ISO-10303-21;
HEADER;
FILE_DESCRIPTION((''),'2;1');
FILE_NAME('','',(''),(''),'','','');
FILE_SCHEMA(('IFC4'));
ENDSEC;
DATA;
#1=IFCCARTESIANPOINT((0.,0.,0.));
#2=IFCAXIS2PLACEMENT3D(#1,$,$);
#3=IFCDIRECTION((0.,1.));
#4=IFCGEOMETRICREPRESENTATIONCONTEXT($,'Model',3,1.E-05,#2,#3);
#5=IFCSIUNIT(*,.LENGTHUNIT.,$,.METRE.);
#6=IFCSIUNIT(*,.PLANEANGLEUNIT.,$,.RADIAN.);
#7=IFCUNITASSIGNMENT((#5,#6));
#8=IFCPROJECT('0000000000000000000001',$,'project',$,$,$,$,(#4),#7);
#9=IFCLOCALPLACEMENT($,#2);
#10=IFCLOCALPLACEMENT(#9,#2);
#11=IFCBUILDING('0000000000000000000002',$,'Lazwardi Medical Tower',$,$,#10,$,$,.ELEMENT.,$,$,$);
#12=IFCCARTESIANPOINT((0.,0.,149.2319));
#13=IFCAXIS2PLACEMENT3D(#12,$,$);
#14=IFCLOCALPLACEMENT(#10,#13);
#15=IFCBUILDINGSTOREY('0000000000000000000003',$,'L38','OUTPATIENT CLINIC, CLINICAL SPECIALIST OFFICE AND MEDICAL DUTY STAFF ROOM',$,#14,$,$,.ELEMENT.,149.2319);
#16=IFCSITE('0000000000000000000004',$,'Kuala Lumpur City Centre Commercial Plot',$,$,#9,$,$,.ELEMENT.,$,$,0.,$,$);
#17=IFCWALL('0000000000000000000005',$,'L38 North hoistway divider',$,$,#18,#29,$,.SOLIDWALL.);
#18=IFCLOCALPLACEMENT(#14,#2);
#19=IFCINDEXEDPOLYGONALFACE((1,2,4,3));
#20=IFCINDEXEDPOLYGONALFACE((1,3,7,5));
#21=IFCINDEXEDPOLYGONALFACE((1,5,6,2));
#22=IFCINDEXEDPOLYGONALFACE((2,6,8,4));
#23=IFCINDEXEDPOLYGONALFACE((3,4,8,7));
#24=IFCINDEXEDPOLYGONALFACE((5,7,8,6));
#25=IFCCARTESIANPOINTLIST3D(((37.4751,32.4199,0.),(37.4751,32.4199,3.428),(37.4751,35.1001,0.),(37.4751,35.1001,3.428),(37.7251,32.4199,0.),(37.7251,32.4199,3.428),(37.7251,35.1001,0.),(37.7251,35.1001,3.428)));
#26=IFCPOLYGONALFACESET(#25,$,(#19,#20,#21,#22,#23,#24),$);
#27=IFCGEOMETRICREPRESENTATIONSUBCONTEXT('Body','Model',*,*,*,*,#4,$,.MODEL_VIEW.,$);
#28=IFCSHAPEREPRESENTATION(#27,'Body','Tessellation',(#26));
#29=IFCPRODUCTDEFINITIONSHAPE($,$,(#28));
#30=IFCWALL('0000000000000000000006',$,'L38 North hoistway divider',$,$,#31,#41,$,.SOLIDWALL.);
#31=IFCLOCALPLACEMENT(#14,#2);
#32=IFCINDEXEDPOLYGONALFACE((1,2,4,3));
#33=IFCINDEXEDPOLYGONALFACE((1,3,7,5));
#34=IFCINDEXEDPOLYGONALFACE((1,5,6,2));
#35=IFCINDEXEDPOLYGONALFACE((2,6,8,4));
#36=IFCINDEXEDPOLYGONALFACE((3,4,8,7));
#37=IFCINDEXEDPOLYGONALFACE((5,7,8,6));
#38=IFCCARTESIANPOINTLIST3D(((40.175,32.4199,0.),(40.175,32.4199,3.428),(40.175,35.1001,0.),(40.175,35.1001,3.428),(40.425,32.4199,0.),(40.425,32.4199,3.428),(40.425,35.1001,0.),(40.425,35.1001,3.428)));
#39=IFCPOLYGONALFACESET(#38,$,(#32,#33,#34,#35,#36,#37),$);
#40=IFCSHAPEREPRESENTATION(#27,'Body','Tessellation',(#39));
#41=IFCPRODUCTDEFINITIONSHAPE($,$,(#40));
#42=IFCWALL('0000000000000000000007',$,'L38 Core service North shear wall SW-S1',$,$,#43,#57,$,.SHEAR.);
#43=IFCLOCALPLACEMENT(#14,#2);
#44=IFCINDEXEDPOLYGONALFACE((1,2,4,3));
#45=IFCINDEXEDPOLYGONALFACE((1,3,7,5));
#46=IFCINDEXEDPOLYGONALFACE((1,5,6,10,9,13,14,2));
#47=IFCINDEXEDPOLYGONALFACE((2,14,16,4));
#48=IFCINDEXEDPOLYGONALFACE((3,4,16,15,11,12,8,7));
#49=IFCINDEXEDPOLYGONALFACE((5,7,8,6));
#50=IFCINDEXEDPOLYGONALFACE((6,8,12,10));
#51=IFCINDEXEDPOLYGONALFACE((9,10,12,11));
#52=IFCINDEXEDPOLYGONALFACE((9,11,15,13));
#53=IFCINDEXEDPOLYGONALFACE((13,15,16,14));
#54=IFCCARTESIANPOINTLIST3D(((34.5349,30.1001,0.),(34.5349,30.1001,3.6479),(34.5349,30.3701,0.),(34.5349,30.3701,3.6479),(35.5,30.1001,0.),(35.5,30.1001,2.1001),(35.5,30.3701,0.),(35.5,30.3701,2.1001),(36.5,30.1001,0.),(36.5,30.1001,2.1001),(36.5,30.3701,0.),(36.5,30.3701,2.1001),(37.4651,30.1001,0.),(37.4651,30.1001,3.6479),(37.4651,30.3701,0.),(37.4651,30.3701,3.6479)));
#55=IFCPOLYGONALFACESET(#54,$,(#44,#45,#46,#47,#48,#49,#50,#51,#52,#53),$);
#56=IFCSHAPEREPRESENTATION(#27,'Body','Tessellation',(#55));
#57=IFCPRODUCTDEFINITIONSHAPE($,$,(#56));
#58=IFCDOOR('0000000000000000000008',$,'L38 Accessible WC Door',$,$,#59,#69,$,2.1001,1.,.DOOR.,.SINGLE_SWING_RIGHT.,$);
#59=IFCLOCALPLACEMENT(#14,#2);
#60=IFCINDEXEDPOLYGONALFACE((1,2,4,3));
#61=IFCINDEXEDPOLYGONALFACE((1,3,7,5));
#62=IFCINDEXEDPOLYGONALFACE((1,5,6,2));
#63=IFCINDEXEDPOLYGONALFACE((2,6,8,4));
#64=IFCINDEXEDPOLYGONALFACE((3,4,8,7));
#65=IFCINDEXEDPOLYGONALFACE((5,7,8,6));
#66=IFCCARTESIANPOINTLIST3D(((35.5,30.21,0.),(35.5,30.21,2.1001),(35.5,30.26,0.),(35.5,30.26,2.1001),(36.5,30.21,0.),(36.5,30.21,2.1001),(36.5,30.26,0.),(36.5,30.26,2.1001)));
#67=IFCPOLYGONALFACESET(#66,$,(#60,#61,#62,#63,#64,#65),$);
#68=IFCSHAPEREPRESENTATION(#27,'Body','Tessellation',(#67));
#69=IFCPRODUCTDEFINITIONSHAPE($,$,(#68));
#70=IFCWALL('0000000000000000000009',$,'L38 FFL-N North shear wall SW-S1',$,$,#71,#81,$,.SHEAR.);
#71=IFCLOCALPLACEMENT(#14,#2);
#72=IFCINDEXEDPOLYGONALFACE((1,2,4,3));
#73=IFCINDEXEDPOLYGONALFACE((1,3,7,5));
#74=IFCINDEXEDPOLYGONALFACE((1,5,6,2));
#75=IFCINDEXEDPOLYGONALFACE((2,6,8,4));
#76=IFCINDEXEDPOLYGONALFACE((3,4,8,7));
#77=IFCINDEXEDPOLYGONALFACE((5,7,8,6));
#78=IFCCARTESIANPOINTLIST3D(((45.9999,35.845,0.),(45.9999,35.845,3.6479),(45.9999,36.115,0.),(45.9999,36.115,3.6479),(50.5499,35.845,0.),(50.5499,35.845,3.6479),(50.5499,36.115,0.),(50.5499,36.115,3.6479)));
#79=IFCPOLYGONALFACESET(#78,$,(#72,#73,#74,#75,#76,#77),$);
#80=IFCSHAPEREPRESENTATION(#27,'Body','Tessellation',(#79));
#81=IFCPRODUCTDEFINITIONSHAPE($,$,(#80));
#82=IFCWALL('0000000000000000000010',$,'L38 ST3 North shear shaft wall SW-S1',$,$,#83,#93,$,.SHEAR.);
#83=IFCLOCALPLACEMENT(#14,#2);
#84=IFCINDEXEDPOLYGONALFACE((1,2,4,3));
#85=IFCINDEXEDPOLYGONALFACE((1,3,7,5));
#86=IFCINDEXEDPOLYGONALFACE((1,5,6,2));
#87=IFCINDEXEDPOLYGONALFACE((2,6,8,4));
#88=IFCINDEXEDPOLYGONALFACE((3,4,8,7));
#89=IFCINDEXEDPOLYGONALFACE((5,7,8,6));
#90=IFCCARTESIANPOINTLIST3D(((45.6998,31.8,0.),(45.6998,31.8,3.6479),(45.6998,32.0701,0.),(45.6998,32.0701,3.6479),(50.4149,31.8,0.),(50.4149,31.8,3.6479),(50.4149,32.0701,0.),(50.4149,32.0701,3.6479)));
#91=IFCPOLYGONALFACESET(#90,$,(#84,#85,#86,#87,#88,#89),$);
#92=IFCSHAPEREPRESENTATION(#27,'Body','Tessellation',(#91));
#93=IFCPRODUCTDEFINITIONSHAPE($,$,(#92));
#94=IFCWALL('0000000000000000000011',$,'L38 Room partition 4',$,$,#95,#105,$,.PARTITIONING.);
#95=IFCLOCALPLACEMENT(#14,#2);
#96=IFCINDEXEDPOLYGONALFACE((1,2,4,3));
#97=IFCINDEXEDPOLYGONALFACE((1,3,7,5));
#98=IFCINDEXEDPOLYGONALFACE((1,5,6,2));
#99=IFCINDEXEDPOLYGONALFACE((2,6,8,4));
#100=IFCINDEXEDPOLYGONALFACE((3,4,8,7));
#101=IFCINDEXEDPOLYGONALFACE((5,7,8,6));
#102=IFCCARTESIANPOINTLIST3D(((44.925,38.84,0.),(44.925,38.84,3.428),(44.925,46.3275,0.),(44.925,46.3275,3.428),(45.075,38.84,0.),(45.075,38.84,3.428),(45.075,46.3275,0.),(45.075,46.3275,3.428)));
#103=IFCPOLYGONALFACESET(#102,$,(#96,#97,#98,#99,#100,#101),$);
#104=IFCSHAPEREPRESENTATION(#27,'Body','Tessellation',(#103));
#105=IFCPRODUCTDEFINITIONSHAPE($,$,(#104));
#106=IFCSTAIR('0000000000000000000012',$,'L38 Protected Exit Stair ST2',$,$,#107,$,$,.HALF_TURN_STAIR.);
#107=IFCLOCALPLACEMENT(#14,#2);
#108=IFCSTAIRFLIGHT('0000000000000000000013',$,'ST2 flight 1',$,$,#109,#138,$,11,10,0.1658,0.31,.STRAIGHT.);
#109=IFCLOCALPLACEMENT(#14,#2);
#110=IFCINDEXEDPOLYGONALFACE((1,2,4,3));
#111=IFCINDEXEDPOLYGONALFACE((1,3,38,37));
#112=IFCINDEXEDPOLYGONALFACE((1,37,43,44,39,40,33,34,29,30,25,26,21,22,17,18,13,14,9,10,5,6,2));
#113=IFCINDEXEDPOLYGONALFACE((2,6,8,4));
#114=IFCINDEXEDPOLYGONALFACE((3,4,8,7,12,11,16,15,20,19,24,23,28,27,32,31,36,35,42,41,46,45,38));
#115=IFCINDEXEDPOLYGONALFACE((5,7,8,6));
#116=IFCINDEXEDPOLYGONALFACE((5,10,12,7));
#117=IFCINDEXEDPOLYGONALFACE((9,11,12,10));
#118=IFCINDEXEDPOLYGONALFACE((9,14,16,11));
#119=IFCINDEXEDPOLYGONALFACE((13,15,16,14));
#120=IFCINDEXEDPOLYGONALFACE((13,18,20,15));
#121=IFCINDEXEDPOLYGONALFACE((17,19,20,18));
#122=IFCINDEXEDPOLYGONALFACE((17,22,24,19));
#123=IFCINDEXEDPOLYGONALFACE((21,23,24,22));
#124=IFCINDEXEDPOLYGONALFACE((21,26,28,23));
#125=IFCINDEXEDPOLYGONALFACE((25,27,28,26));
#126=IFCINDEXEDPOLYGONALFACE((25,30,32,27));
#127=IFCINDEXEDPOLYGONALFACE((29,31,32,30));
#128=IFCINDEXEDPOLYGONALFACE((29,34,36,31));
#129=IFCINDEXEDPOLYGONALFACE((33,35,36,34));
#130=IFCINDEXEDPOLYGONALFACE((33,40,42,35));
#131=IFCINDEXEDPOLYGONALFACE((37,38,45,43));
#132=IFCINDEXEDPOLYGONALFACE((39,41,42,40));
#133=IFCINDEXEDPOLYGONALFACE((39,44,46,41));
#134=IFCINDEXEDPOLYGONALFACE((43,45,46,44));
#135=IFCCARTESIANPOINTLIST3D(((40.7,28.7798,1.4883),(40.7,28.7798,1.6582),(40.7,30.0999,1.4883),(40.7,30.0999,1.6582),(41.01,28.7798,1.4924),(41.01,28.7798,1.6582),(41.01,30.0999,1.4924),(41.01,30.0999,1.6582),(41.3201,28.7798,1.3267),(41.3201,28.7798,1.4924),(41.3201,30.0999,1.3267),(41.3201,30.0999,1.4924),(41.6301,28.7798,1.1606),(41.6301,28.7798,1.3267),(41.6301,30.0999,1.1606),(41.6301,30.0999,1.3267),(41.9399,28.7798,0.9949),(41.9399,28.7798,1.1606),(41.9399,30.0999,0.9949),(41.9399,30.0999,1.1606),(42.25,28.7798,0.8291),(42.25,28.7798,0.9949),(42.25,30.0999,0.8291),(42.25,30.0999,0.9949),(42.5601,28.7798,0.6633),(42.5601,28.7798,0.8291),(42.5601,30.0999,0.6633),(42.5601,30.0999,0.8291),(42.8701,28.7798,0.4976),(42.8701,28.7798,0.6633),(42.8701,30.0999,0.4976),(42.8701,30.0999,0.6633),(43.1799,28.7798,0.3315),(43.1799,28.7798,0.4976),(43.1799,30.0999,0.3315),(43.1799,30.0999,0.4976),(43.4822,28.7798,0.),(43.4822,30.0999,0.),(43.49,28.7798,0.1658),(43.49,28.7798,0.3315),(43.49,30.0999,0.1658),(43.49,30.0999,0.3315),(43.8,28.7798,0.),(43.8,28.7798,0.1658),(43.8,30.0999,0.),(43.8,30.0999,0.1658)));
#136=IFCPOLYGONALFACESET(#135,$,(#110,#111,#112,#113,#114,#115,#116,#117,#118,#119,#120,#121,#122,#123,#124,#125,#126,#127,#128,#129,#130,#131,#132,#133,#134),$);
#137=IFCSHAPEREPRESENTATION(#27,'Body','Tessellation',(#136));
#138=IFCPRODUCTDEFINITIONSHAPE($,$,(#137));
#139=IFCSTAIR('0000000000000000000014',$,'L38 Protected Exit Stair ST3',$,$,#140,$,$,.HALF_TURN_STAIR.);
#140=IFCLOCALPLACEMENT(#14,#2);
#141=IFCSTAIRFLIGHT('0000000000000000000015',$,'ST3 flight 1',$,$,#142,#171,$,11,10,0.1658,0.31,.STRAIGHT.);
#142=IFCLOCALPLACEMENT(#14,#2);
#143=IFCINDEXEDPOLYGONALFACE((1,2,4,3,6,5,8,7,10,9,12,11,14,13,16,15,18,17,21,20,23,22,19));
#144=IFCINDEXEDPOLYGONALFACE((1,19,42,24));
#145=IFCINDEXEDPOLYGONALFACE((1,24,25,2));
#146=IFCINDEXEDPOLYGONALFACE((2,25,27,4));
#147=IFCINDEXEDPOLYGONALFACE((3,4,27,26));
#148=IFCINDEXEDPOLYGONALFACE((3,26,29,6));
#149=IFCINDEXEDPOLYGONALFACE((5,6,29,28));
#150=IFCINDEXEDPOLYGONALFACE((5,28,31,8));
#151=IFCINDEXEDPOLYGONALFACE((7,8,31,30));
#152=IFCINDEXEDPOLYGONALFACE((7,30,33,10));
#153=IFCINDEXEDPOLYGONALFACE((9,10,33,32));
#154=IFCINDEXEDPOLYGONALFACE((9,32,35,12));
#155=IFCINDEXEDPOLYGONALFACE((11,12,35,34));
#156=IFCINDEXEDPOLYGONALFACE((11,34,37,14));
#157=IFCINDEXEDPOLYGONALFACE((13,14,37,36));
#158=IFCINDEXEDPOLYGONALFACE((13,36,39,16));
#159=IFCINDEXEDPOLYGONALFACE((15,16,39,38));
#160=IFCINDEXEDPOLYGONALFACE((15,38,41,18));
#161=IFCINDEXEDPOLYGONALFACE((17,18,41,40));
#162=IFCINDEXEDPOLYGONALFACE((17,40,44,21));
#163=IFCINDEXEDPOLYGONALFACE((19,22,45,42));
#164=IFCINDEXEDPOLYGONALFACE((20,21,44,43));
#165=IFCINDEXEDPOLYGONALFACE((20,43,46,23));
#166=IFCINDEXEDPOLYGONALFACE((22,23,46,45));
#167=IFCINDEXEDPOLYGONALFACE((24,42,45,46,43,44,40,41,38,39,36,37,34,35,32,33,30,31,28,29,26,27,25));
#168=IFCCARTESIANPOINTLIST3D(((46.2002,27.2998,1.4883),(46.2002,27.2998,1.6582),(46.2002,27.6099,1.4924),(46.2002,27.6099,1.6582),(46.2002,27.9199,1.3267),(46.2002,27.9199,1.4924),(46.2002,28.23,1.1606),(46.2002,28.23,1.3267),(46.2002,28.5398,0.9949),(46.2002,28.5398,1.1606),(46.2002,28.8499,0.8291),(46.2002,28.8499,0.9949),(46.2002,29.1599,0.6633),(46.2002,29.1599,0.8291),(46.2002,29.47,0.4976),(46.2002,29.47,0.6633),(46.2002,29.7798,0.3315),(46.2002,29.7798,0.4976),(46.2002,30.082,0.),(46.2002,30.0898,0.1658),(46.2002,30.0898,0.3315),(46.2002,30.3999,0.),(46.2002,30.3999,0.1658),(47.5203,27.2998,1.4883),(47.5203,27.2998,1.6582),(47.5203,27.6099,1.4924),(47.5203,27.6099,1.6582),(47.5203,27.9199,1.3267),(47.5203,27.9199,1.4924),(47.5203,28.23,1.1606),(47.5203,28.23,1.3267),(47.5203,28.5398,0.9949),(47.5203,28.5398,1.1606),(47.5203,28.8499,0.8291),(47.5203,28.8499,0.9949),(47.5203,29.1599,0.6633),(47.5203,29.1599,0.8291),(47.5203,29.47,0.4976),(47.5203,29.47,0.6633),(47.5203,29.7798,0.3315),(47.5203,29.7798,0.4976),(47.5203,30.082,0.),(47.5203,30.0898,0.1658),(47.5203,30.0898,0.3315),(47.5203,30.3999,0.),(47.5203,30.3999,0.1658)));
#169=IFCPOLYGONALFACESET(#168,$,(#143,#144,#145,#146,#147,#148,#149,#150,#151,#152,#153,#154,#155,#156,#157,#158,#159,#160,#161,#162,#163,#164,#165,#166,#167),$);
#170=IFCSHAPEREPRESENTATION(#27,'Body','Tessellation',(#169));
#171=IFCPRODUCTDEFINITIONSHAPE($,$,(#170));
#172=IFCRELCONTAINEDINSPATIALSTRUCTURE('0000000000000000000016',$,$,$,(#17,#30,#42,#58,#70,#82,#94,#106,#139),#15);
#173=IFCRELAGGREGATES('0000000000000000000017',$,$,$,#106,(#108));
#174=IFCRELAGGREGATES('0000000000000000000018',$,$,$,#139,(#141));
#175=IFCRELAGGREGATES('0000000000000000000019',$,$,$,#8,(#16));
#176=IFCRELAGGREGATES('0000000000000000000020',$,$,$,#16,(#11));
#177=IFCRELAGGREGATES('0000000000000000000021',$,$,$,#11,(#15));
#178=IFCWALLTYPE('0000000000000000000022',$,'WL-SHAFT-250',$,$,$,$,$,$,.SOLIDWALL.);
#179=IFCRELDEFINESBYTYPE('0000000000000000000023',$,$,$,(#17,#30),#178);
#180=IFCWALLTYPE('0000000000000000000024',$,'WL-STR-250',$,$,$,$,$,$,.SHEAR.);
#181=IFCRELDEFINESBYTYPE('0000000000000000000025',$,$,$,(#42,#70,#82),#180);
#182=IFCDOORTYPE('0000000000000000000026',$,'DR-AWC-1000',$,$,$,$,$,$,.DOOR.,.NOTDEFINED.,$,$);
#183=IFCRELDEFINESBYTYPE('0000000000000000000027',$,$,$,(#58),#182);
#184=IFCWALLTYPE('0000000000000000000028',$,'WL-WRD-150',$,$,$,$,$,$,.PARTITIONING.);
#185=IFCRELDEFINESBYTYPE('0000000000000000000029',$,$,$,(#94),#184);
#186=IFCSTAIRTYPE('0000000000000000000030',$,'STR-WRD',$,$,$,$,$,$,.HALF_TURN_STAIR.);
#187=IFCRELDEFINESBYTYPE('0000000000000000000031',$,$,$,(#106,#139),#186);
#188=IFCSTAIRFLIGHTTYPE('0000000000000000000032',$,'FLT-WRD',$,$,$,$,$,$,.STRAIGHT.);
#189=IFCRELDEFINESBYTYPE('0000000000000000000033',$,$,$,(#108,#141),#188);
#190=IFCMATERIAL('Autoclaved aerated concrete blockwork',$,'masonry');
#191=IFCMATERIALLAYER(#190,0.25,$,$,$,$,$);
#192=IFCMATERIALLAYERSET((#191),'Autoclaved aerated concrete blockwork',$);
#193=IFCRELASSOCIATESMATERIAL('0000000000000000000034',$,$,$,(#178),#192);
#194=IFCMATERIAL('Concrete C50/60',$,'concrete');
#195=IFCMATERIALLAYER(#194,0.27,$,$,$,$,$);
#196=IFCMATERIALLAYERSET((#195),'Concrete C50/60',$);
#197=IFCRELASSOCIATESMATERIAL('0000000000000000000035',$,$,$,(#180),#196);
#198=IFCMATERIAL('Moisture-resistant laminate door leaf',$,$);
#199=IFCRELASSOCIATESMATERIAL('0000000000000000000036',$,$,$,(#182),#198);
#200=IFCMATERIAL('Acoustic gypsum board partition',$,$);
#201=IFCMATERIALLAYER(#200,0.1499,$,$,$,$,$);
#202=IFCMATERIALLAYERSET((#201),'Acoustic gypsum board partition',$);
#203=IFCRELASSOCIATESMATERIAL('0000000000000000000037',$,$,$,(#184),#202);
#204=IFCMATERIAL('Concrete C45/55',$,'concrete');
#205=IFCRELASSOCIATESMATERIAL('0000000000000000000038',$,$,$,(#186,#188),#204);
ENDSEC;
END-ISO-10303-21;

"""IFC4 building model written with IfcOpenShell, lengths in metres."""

from ifc_helpers import new_model, si_unit, direction, frame, frame_2d, origin, place, context, subcontext, project, spatial, polyline, rectangle, outline, extrude, material, layer, layer_set, type_object, element, fill, aggregate, save


model = new_model("IFC4")

# Units and contexts
model_context = context("Model", 3, precision=1e-05, world=origin(), true_north=direction((0.0, 1.0)))
body_context = subcontext(model_context, "Body", "Model", "MODEL_VIEW")
ifc_project = project(units=[si_unit("LENGTHUNIT", "METRE"), si_unit("PLANEANGLEUNIT", "RADIAN")], contexts=[model_context])

# Site, building, storey
site_placement = place(None, origin())
site = spatial("IfcSite", under=ifc_project, at=site_placement, Name="Kuala Lumpur City Centre Commercial Plot", CompositionType="ELEMENT", RefElevation=0.0)
building_placement = place(site_placement, origin())
building = spatial("IfcBuilding", under=site, at=building_placement, Name="Lazwardi Medical Tower", CompositionType="ELEMENT")
storey_placement = place(building_placement, frame((0.0, 0.0, 149.2319)))
storey = spatial("IfcBuildingStorey", under=building, at=storey_placement, Name="L38", Description="OUTPATIENT CLINIC, CLINICAL SPECIALIST OFFICE AND MEDICAL DUTY STAFF ROOM", CompositionType="ELEMENT", Elevation=149.2319)

# Walls
ifc_material_1 = material(Name="Autoclaved aerated concrete blockwork", Category="masonry")
ifc_layer_1 = layer(ifc_material_1, 0.25)
ifc_layer_set_1 = layer_set([ifc_layer_1], Name="Autoclaved aerated concrete blockwork")
wall_type_1 = type_object("IfcWallType", Name="WL-SHAFT-250", PredefinedType="SOLIDWALL", material=ifc_layer_set_1)
for number, where, z_axis, x_axis, name in (
    (1, (37.6001, 32.4199, 0.0), (0.0, 0.0, 1.0), (0.0, 1.0, 0.0), "L38 North hoistway divider"),
    (2, (40.3, 32.4199, 0.0), (0.0, 0.0, 1.0), (0.0, 1.0, 0.0), "L38 North hoistway divider"),
):
    element("IfcWall", number, at=place(storey_placement, frame(where, z_axis=z_axis, x_axis=x_axis)), inside=storey, type_object=wall_type_1, Name=name, PredefinedType="SOLIDWALL", context=body_context, shape_type="SweptSolid", body=[
        extrude(rectangle(XDim=2.6802, YDim=0.25, at=frame_2d((1.3401, 0.0))), origin(), (0.0, 0.0, 1.0), 3.428),
    ])

# Wall, opening, door
ifc_material_2 = material(Name="Concrete C50/60", Category="concrete")
ifc_layer_2 = layer(ifc_material_2, 0.27)
ifc_layer_set_2 = layer_set([ifc_layer_2], Name="Concrete C50/60")
wall_type_2 = type_object("IfcWallType", Name="WL-STR-250", PredefinedType="SHEAR", material=ifc_layer_set_2)
wall_1_placement = place(storey_placement, frame((34.5349, 30.2351, 0.0), z_axis=(0.0, 0.0, 1.0), x_axis=(1.0, 0.0, 0.0)))
wall_1 = element("IfcWall", 3, at=wall_1_placement, inside=storey, type_object=wall_type_2, Name="L38 Core service North shear wall SW-S1", PredefinedType="SHEAR", context=body_context, shape_type="SweptSolid", body=[
    extrude(rectangle(XDim=2.9302, YDim=0.27, at=frame_2d((1.4651, 0.0))), origin(), (0.0, 0.0, 1.0), 3.6479),
])
opening_1_placement = place(wall_1_placement, frame((0.9651, 0.0, 0.0)))
opening_1 = element("IfcOpeningElement", 4, at=opening_1_placement, cuts=wall_1, PredefinedType="OPENING", context=body_context, shape_type="SweptSolid", body=[
    extrude(rectangle(XDim=1.0, YDim=2.1001, at=frame_2d((0.5, 1.05))), frame((0.0, 0.145, 0.0), z_axis=(0.0, -1.0, 0.0), x_axis=(1.0, 0.0, 0.0)), (0.0, 0.0, 1.0), 0.29),
])
ifc_material_3 = material(Name="Moisture-resistant laminate door leaf")
door_type_1 = type_object("IfcDoorType", Name="DR-AWC-1000", OperationType="NOTDEFINED", PredefinedType="DOOR", material=ifc_material_3)
door_1_placement = place(opening_1_placement, origin())
door_1 = element("IfcDoor", 5, at=door_1_placement, inside=storey, type_object=door_type_1, Name="L38 Accessible WC Door", OperationType="SINGLE_SWING_RIGHT", OverallHeight=2.1001, OverallWidth=1.0, PredefinedType="DOOR", context=body_context, shape_type="SweptSolid", body=[
    extrude(rectangle(XDim=1.0, YDim=2.1001, at=frame_2d((0.5, 1.05))), frame((0.0, 0.0249, 0.0), z_axis=(0.0, -1.0, 0.0), x_axis=(1.0, 0.0, 0.0)), (0.0, 0.0, 1.0), 0.05),
])
fill(opening_1, door_1)

# Walls
wall_2_placement = place(storey_placement, frame((46.0, 35.98, 0.0), z_axis=(0.0, 0.0, 1.0), x_axis=(1.0, 0.0, 0.0)))
element("IfcWall", 6, at=wall_2_placement, inside=storey, type_object=wall_type_2, Name="L38 FFL-N North shear wall SW-S1", PredefinedType="SHEAR", context=body_context, shape_type="SweptSolid", body=[
    extrude(rectangle(XDim=4.55, YDim=0.27, at=frame_2d((2.2749, 0.0))), origin(), (0.0, 0.0, 1.0), 3.6479),
])
wall_3_placement = place(storey_placement, frame((45.7, 31.9351, 0.0), z_axis=(0.0, 0.0, 1.0), x_axis=(1.0, 0.0, 0.0)))
element("IfcWall", 7, at=wall_3_placement, inside=storey, type_object=wall_type_2, Name="L38 ST3 North shear shaft wall SW-S1", PredefinedType="SHEAR", context=body_context, shape_type="SweptSolid", body=[
    extrude(rectangle(XDim=4.7151, YDim=0.27, at=frame_2d((2.3574, 0.0))), origin(), (0.0, 0.0, 1.0), 3.6479),
])
ifc_material_4 = material(Name="Acoustic gypsum board partition")
ifc_layer_3 = layer(ifc_material_4, 0.1499)
ifc_layer_set_3 = layer_set([ifc_layer_3], Name="Acoustic gypsum board partition")
wall_type_3 = type_object("IfcWallType", Name="WL-WRD-150", PredefinedType="PARTITIONING", material=ifc_layer_set_3)
wall_4_placement = place(storey_placement, frame((45.0, 38.8401, 0.0), z_axis=(0.0, 0.0, 1.0), x_axis=(0.0, 1.0, 0.0)))
element("IfcWall", 8, at=wall_4_placement, inside=storey, type_object=wall_type_3, Name="L38 Room partition 4", PredefinedType="PARTITIONING", context=body_context, shape_type="SweptSolid", body=[
    extrude(rectangle(XDim=7.4875, YDim=0.1499, at=frame_2d((3.7437, 0.0))), origin(), (0.0, 0.0, 1.0), 3.428),
])

# Stairs, stair flights
ifc_material_5 = material(Name="Concrete C45/55", Category="concrete")
stair_type = type_object("IfcStairType", Name="STR-WRD", PredefinedType="HALF_TURN_STAIR", material=ifc_material_5)
stair_1_placement = place(storey_placement, origin())
stair_1 = element("IfcStair", 9, at=stair_1_placement, inside=storey, type_object=stair_type, Name="L38 Protected Exit Stair ST2", PredefinedType="HALF_TURN_STAIR")
stair_flight_type = type_object("IfcStairFlightType", Name="FLT-WRD", PredefinedType="STRAIGHT", material=ifc_material_5)
stair_flight_1_placement = place(storey_placement, frame((43.8, 29.4399, 0.0), z_axis=(0.0, 0.0, 1.0), x_axis=(-1.0, 0.0, 0.0)))
stair_flight_1 = element("IfcStairFlight", 10, at=stair_flight_1_placement, type_object=stair_flight_type, Name="ST2 flight 1", NumberOfRisers=11, NumberOfTreads=10, PredefinedType="STRAIGHT", RiserHeight=0.1658, TreadLength=0.31, context=body_context, shape_type="SweptSolid", body=[
    extrude(outline(polyline([(0.0, 0.0), (0.0, 0.1658), (0.3101, 0.1658), (0.3101, 0.3315), (0.6201, 0.3315), (0.6201, 0.4976), (0.9299, 0.4976), (0.9299, 0.6633), (1.24, 0.6633), (1.24, 0.8291), (1.55, 0.8291), (1.55, 0.9949), (1.8601, 0.9949), (1.8601, 1.1606), (2.1699, 1.1606), (2.1699, 1.3267), (2.48, 1.3267), (2.48, 1.4924), (2.79, 1.4924), (2.79, 1.6582), (3.1001, 1.6582), (3.1001, 1.824), (3.1001, 1.4883), (0.3179, 0.0), (0.0, 0.0)])), frame((0.0, 0.6602, 0.0), z_axis=(0.0, -1.0, 0.0), x_axis=(1.0, 0.0, 0.0)), (0.0, 0.0, 1.0), 1.3201),
])
aggregate(stair_1, [stair_flight_1])
stair_2_placement = place(storey_placement, origin())
stair_2 = element("IfcStair", 11, at=stair_2_placement, inside=storey, type_object=stair_type, Name="L38 Protected Exit Stair ST3", PredefinedType="HALF_TURN_STAIR")
stair_flight_2_placement = place(storey_placement, frame((46.8601, 30.3999, 0.0), z_axis=(0.0, 0.0, 1.0), x_axis=(0.0, -1.0, 0.0)))
stair_flight_2 = element("IfcStairFlight", 12, at=stair_flight_2_placement, type_object=stair_flight_type, Name="ST3 flight 1", NumberOfRisers=11, NumberOfTreads=10, PredefinedType="STRAIGHT", RiserHeight=0.1658, TreadLength=0.31, context=body_context, shape_type="SweptSolid", body=[
    extrude(outline(polyline([(0.0, 0.0), (0.0, 0.1658), (0.3101, 0.1658), (0.3101, 0.3315), (0.6201, 0.3315), (0.6201, 0.4976), (0.9299, 0.4976), (0.9299, 0.6633), (1.24, 0.6633), (1.24, 0.8291), (1.55, 0.8291), (1.55, 0.9949), (1.8601, 0.9949), (1.8601, 1.1606), (2.1699, 1.1606), (2.1699, 1.3267), (2.48, 1.3267), (2.48, 1.4924), (2.79, 1.4924), (2.79, 1.6582), (3.1001, 1.6582), (3.1001, 1.824), (3.1001, 1.4883), (0.3179, 0.0), (0.0, 0.0)])), frame((0.0, 0.6602, 0.0), z_axis=(0.0, -1.0, 0.0), x_axis=(1.0, 0.0, 0.0)), (0.0, 0.0, 1.0), 1.3201),
])
aggregate(stair_2, [stair_flight_2])

save(model, "model.ifc")
